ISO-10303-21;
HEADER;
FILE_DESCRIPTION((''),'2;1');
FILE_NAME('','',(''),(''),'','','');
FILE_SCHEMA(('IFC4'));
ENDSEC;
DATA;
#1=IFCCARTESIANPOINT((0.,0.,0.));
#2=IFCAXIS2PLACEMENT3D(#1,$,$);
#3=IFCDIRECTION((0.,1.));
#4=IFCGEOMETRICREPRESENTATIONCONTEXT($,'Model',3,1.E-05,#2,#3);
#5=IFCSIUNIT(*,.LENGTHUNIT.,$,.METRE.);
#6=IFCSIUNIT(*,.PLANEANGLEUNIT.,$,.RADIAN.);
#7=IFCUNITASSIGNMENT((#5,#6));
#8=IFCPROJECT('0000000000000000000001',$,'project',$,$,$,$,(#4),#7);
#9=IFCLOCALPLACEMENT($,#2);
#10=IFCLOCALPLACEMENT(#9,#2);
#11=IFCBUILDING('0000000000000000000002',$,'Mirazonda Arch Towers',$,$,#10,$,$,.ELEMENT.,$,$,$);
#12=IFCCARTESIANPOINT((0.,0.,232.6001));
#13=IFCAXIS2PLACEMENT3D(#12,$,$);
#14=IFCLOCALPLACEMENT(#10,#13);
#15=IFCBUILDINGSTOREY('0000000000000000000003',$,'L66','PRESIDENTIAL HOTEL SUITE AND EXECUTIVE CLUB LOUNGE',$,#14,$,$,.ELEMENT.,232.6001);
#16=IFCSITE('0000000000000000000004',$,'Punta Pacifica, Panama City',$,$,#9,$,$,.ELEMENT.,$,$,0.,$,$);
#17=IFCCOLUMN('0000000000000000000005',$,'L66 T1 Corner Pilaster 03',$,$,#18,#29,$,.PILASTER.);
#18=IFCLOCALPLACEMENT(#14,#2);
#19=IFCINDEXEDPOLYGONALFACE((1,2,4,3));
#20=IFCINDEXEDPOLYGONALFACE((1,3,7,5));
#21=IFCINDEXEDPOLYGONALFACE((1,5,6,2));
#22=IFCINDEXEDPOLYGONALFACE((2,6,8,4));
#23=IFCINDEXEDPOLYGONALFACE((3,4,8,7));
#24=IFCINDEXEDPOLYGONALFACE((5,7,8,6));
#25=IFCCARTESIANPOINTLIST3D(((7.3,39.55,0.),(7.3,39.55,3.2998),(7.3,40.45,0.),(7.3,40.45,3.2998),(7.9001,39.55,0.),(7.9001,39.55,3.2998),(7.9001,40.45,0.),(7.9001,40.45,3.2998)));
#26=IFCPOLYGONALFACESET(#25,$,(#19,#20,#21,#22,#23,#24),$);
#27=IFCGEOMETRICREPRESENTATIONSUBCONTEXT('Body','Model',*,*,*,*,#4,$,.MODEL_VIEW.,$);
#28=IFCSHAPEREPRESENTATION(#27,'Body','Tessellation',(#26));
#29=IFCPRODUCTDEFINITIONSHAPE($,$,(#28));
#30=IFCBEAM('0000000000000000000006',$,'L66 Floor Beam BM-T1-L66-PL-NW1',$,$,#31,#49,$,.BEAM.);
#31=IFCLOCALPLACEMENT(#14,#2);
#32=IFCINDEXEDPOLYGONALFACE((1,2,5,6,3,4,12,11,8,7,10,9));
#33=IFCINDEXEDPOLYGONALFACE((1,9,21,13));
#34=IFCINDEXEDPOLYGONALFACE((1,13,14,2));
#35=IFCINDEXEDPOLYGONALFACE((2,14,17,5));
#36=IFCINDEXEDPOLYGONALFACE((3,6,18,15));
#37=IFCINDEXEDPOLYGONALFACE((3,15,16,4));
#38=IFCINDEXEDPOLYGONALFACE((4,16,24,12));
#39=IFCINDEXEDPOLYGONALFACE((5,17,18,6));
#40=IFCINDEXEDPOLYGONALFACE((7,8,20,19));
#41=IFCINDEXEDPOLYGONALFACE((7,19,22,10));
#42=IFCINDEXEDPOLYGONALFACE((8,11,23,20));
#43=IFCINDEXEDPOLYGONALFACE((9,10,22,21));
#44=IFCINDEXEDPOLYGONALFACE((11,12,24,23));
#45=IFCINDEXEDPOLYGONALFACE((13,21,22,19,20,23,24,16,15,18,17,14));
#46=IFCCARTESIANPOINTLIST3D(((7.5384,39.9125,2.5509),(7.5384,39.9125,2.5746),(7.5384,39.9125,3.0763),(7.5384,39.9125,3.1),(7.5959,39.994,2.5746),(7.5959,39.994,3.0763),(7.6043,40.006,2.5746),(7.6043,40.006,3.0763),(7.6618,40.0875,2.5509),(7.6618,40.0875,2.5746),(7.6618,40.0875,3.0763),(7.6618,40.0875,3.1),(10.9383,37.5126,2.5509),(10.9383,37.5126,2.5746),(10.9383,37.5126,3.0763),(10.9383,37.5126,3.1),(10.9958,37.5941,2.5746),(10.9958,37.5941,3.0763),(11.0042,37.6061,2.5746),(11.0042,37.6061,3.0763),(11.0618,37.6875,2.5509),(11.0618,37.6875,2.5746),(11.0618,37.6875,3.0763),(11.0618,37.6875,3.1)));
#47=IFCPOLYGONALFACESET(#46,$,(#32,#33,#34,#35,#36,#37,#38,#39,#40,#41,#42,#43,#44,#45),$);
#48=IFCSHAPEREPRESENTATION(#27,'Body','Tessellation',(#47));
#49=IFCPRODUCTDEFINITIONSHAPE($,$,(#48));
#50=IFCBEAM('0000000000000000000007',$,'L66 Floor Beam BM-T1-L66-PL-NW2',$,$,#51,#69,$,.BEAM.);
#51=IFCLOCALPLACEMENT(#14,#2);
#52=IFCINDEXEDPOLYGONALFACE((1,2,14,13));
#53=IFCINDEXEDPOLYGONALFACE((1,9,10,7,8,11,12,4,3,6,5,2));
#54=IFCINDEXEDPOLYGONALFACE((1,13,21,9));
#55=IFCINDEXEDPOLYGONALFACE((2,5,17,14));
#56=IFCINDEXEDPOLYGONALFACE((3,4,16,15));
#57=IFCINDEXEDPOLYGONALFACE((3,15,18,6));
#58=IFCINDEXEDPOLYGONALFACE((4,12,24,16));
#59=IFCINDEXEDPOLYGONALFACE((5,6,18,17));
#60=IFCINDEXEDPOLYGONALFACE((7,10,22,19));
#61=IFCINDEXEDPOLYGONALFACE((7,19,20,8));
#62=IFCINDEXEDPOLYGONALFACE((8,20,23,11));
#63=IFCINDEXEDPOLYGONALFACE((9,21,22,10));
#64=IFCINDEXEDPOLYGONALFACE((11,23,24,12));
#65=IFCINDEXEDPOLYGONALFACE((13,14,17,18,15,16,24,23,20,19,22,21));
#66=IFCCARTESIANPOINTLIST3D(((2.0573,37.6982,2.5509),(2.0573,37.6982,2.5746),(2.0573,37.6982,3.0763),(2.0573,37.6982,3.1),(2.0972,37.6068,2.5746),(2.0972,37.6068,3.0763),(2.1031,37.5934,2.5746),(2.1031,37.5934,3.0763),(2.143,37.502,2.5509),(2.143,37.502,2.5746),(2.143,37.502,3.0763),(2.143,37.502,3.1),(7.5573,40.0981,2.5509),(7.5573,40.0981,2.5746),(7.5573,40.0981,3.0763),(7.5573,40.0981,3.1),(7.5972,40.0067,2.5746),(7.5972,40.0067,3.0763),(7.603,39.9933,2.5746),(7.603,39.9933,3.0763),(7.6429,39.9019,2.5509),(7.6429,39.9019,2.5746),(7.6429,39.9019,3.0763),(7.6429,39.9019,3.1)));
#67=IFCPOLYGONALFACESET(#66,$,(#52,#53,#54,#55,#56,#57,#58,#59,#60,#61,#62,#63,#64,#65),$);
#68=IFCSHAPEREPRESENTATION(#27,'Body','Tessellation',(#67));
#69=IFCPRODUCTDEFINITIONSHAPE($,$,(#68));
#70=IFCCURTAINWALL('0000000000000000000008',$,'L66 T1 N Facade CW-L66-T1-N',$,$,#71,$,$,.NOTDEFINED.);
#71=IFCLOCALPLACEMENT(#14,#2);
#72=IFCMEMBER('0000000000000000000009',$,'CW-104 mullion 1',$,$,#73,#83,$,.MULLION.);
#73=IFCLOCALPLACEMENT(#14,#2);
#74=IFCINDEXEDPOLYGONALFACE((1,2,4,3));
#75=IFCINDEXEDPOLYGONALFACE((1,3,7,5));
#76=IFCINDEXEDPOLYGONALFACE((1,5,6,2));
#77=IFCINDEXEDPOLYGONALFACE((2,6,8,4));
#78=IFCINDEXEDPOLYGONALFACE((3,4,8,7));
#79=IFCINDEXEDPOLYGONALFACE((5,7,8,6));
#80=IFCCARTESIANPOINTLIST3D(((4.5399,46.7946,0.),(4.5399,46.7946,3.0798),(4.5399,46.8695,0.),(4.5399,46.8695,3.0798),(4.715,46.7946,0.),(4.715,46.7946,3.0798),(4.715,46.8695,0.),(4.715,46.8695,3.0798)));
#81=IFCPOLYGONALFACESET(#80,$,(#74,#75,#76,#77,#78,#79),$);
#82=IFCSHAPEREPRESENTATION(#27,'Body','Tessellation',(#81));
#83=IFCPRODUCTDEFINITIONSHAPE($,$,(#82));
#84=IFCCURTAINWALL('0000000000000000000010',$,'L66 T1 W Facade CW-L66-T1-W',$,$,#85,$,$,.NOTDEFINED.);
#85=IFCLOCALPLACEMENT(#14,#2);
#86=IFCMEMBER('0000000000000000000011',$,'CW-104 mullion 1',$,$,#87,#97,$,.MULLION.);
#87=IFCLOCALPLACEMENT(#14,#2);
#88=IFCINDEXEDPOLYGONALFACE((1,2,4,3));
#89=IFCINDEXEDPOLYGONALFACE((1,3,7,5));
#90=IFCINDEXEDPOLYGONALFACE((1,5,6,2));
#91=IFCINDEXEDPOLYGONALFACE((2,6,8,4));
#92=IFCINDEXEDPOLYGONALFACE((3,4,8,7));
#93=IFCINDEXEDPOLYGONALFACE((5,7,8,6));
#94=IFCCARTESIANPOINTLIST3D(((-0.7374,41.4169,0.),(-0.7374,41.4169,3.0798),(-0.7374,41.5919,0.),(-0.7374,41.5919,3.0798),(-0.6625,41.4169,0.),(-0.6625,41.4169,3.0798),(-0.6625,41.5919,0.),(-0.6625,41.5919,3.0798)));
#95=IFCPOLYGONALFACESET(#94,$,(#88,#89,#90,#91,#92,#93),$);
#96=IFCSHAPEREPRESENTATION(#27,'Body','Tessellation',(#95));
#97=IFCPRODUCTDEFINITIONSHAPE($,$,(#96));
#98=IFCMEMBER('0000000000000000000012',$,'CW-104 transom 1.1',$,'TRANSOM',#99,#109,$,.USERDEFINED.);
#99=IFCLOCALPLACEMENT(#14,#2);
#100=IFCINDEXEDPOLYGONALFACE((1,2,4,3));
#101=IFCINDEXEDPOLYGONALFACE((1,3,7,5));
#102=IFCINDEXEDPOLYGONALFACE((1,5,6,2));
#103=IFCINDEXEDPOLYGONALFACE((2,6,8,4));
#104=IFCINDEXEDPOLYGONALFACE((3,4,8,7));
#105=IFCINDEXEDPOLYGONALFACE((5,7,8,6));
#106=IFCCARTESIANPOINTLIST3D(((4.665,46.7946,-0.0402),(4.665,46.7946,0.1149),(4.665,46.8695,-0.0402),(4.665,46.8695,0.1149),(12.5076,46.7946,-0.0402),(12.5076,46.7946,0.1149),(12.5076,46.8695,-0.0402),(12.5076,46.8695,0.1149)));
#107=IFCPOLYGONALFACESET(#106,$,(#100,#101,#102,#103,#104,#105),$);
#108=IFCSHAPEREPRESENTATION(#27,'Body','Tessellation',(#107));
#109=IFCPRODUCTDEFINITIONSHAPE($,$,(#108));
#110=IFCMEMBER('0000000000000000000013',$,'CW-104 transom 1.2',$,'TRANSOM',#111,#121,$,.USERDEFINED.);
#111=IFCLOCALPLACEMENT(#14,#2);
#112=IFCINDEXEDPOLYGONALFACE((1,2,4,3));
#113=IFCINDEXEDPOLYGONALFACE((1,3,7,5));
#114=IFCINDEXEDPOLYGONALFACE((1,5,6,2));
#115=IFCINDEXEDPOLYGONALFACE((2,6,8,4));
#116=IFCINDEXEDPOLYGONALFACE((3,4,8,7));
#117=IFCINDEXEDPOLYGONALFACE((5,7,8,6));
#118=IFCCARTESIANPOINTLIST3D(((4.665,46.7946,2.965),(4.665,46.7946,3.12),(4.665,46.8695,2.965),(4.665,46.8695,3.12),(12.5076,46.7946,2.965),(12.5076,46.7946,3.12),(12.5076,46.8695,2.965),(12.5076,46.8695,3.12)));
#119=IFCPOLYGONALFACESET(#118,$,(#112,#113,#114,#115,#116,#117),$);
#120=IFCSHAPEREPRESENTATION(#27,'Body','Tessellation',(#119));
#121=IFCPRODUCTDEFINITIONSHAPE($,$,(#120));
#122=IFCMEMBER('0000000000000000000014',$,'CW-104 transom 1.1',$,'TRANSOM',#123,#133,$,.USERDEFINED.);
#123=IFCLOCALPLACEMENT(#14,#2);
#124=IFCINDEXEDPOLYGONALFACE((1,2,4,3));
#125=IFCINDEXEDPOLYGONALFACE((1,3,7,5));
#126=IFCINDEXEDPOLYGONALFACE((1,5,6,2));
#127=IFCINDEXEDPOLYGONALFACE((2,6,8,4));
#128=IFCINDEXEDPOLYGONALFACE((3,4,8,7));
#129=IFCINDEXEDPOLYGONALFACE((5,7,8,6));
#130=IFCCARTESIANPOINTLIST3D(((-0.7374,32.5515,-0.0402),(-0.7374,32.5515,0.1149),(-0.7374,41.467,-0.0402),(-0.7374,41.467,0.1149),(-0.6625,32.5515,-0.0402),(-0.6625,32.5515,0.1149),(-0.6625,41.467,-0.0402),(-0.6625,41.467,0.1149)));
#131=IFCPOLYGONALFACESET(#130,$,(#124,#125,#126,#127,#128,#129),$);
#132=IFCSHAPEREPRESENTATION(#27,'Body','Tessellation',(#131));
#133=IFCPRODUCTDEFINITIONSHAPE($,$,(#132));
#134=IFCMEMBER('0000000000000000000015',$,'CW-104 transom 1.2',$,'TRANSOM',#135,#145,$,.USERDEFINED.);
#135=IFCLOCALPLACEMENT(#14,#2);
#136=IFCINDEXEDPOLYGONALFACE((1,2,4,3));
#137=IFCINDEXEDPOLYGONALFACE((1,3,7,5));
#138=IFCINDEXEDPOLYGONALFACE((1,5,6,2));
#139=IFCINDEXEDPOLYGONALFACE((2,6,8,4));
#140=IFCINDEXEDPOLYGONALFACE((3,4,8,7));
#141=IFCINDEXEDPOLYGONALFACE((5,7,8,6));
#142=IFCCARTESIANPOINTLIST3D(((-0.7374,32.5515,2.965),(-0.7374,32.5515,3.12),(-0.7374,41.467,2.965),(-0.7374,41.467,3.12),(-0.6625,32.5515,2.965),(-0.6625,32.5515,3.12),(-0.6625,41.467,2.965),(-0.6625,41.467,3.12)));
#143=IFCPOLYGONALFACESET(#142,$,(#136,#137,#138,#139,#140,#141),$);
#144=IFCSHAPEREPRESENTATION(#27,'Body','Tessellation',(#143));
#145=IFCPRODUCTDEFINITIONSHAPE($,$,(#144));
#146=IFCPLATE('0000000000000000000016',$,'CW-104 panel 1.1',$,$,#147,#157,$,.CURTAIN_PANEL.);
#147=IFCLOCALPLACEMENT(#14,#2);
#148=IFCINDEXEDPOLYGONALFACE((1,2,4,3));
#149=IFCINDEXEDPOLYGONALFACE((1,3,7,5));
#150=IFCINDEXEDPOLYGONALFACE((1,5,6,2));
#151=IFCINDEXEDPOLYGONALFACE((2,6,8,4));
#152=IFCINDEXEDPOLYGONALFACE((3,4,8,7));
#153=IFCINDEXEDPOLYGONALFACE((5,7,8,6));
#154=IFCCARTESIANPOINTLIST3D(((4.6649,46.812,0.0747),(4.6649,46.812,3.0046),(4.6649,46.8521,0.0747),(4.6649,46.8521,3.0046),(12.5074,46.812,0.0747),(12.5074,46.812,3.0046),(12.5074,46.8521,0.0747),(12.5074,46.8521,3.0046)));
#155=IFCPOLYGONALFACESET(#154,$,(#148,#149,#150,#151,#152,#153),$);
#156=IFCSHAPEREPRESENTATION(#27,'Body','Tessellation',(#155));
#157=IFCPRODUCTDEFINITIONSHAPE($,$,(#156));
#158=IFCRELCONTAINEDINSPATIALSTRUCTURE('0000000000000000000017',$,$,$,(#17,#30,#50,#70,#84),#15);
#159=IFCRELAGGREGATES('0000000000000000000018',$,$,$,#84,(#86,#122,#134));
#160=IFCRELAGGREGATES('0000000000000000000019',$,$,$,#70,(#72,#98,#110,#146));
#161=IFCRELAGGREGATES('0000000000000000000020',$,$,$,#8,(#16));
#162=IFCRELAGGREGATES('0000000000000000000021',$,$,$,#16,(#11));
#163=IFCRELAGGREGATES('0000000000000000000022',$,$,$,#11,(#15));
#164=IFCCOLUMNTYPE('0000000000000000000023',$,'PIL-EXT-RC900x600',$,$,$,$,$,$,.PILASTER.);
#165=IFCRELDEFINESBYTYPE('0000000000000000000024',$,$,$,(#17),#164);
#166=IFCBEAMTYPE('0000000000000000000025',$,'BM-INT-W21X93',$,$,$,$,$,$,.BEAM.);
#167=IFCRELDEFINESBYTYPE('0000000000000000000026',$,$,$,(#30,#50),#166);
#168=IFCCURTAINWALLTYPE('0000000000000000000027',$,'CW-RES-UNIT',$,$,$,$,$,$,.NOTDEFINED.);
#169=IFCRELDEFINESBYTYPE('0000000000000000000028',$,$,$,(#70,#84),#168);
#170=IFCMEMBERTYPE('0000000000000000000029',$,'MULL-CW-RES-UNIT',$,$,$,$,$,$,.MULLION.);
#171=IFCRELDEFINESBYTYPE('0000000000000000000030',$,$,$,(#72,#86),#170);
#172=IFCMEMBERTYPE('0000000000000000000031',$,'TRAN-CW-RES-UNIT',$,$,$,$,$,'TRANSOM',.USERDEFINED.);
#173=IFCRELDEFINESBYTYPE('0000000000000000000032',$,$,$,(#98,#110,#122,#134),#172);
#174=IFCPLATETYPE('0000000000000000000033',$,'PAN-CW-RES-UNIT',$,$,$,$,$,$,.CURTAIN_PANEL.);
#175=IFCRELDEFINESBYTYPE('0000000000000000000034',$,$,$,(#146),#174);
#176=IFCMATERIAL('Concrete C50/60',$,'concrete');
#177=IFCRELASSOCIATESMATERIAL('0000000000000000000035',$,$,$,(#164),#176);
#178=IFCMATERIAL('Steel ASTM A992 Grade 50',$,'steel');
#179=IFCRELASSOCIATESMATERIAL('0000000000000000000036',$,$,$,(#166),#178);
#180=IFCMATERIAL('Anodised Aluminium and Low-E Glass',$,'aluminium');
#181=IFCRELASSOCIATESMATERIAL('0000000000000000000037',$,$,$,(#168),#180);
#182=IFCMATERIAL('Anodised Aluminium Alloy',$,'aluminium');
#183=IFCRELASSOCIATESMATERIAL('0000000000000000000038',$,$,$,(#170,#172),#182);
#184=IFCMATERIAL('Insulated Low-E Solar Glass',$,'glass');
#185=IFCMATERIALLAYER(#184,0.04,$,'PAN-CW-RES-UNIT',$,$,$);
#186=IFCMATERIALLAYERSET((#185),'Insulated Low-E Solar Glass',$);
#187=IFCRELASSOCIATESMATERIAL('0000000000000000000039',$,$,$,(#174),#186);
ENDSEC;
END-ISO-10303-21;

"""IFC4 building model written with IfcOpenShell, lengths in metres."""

from ifc_helpers import new_model, si_unit, direction, frame, origin, origin_2d, place, context, subcontext, project, spatial, rectangle, i_section, extrude, material, layer, layer_set, material_profile, profile_set, type_object, element, aggregate, save


model = new_model("IFC4")

# Units and contexts
model_context = context("Model", 3, precision=1e-05, world=origin(), true_north=direction((0.0, 1.0)))
body_context = subcontext(model_context, "Body", "Model", "MODEL_VIEW")
ifc_project = project(units=[si_unit("LENGTHUNIT", "METRE"), si_unit("PLANEANGLEUNIT", "RADIAN")], contexts=[model_context])

# Site, building, storey
site_placement = place(None, origin())
site = spatial("IfcSite", under=ifc_project, at=site_placement, Name="Punta Pacifica, Panama City", CompositionType="ELEMENT", RefElevation=0.0)
building_placement = place(site_placement, origin())
building = spatial("IfcBuilding", under=site, at=building_placement, Name="Mirazonda Arch Towers", CompositionType="ELEMENT")
storey_placement = place(building_placement, frame((0.0, 0.0, 232.6001)))
storey = spatial("IfcBuildingStorey", under=building, at=storey_placement, Name="L66", Description="PRESIDENTIAL HOTEL SUITE AND EXECUTIVE CLUB LOUNGE", CompositionType="ELEMENT", Elevation=232.6001)

# Column
ifc_material_1 = material(Name="Concrete C50/60", Category="concrete")
ifc_material_profile_1 = material_profile(ifc_material_1, rectangle(XDim=0.6001, YDim=0.8999, at=origin_2d()), Name="RC900x600")
ifc_profile_set_1 = profile_set([ifc_material_profile_1], Name="Concrete C50/60")
column_type = type_object("IfcColumnType", Name="PIL-EXT-RC900x600", PredefinedType="PILASTER", material=ifc_profile_set_1)
column_placement = place(storey_placement, frame((7.6001, 40.0, 0.0), z_axis=(0.0, 0.0, 1.0), x_axis=(1.0, 0.0, 0.0)))
element("IfcColumn", 1, at=column_placement, inside=storey, type_object=column_type, Name="L66 T1 Corner Pilaster 03", PredefinedType="PILASTER", context=body_context, shape_type="SweptSolid", body=[
    extrude(rectangle(XDim=0.6001, YDim=0.8999, at=origin_2d()), origin(), (0.0, 0.0, 1.0), 3.2998),
])

# Beams
ifc_material_2 = material(Name="Steel ASTM A992 Grade 50", Category="steel")
ifc_material_profile_2 = material_profile(ifc_material_2, i_section(OverallWidth=0.2141, OverallDepth=0.5491, WebThickness=0.0146, FlangeThickness=0.0237, at=origin_2d()), Name="W21X93")
ifc_profile_set_2 = profile_set([ifc_material_profile_2], Name="Steel ASTM A992 Grade 50")
beam_type = type_object("IfcBeamType", Name="BM-INT-W21X93", PredefinedType="BEAM", material=ifc_profile_set_2)
beam_1_placement = place(storey_placement, frame((7.6001, 40.0, 2.8254), z_axis=(0.816971, -0.576679, 0.0), x_axis=(0.576679, 0.816971, 0.0)))
element("IfcBeam", 2, at=beam_1_placement, inside=storey, type_object=beam_type, Name="L66 Floor Beam BM-T1-L66-PL-NW1", PredefinedType="BEAM", context=body_context, shape_type="SweptSolid", body=[
    extrude(i_section(OverallWidth=0.2141, OverallDepth=0.5491, WebThickness=0.0146, FlangeThickness=0.0237, at=origin_2d()), origin(), (0.0, 0.0, 1.0), 4.1616),
])
beam_2_placement = place(storey_placement, frame((7.6001, 40.0, 2.8254), z_axis=(-0.916545, -0.399931, 0.0), x_axis=(0.399931, -0.916545, 0.0)))
element("IfcBeam", 3, at=beam_2_placement, inside=storey, type_object=beam_type, Name="L66 Floor Beam BM-T1-L66-PL-NW2", PredefinedType="BEAM", context=body_context, shape_type="SweptSolid", body=[
    extrude(i_section(OverallWidth=0.2141, OverallDepth=0.5491, WebThickness=0.0146, FlangeThickness=0.0237, at=origin_2d()), origin(), (0.0, 0.0, 1.0), 6.0007),
])

# Curtain walls, members
ifc_material_3 = material(Name="Anodised Aluminium and Low-E Glass", Category="aluminium")
curtain_wall_type = type_object("IfcCurtainWallType", Name="CW-RES-UNIT", PredefinedType="NOTDEFINED", material=ifc_material_3)
curtain_wall_1_placement = place(storey_placement, origin())
curtain_wall_1 = element("IfcCurtainWall", 4, at=curtain_wall_1_placement, inside=storey, type_object=curtain_wall_type, Name="L66 T1 N Facade CW-L66-T1-N", PredefinedType="NOTDEFINED")
ifc_material_4 = material(Name="Anodised Aluminium Alloy", Category="aluminium")
ifc_material_profile_3 = material_profile(ifc_material_4, rectangle(XDim=0.075, YDim=0.175, at=origin_2d()), Name="ALU-MULL-75x175")
ifc_profile_set_3 = profile_set([ifc_material_profile_3], Name="Anodised Aluminium Alloy")
member_type_1 = type_object("IfcMemberType", Name="MULL-CW-RES-UNIT", PredefinedType="MULLION", material=ifc_profile_set_3)
member_1_placement = place(storey_placement, frame((4.6274, 46.832, 0.0), z_axis=(0.0, 0.0, 1.0), x_axis=(0.0, 1.0, 0.0)))
member_1 = element("IfcMember", 5, at=member_1_placement, type_object=member_type_1, Name="CW-104 mullion 1", PredefinedType="MULLION", context=body_context, shape_type="SweptSolid", body=[
    extrude(rectangle(XDim=0.075, YDim=0.175, at=origin_2d()), origin(), (0.0, 0.0, 1.0), 3.0798),
])
curtain_wall_2_placement = place(storey_placement, origin())
curtain_wall_2 = element("IfcCurtainWall", 6, at=curtain_wall_2_placement, inside=storey, type_object=curtain_wall_type, Name="L66 T1 W Facade CW-L66-T1-W", PredefinedType="NOTDEFINED")
member_2_placement = place(storey_placement, frame((-0.7, 41.5044, 0.0), z_axis=(0.0, 0.0, 1.0), x_axis=(1.0, 0.0, 0.0)))
member_2 = element("IfcMember", 7, at=member_2_placement, type_object=member_type_1, Name="CW-104 mullion 1", PredefinedType="MULLION", context=body_context, shape_type="SweptSolid", body=[
    extrude(rectangle(XDim=0.075, YDim=0.175, at=origin_2d()), origin(), (0.0, 0.0, 1.0), 3.0798),
])

# Members
ifc_material_profile_4 = material_profile(ifc_material_4, rectangle(XDim=0.075, YDim=0.155, at=origin_2d()), Name="ALU-TRAN-75x155")
ifc_profile_set_4 = profile_set([ifc_material_profile_4], Name="Anodised Aluminium Alloy")
member_type_2 = type_object("IfcMemberType", Name="TRAN-CW-RES-UNIT", ElementType="TRANSOM", PredefinedType="USERDEFINED", material=ifc_profile_set_4)
member_3_placement = place(storey_placement, frame((4.665, 46.832, 0.0374), z_axis=(1.0, 0.0, 0.0), x_axis=(0.0, 1.0, 0.0)))
member_3 = element("IfcMember", 8, at=member_3_placement, type_object=member_type_2, Name="CW-104 transom 1.1", ObjectType="TRANSOM", PredefinedType="USERDEFINED", context=body_context, shape_type="SweptSolid", body=[
    extrude(rectangle(XDim=0.075, YDim=0.155, at=origin_2d()), origin(), (0.0, 0.0, 1.0), 7.8425),
])
member_4_placement = place(storey_placement, frame((4.665, 46.832, 3.0425), z_axis=(1.0, 0.0, 0.0), x_axis=(0.0, 1.0, 0.0)))
member_4 = element("IfcMember", 9, at=member_4_placement, type_object=member_type_2, Name="CW-104 transom 1.2", ObjectType="TRANSOM", PredefinedType="USERDEFINED", context=body_context, shape_type="SweptSolid", body=[
    extrude(rectangle(XDim=0.075, YDim=0.155, at=origin_2d()), origin(), (0.0, 0.0, 1.0), 7.8425),
])
member_5_placement = place(storey_placement, frame((-0.7, 41.467, 0.0374), z_axis=(0.0, -1.0, 0.0), x_axis=(1.0, 0.0, 0.0)))
member_5 = element("IfcMember", 10, at=member_5_placement, type_object=member_type_2, Name="CW-104 transom 1.1", ObjectType="TRANSOM", PredefinedType="USERDEFINED", context=body_context, shape_type="SweptSolid", body=[
    extrude(rectangle(XDim=0.075, YDim=0.155, at=origin_2d()), origin(), (0.0, 0.0, 1.0), 8.9155),
])
member_6_placement = place(storey_placement, frame((-0.7, 41.467, 3.0425), z_axis=(0.0, -1.0, 0.0), x_axis=(1.0, 0.0, 0.0)))
member_6 = element("IfcMember", 11, at=member_6_placement, type_object=member_type_2, Name="CW-104 transom 1.2", ObjectType="TRANSOM", PredefinedType="USERDEFINED", context=body_context, shape_type="SweptSolid", body=[
    extrude(rectangle(XDim=0.075, YDim=0.155, at=origin_2d()), origin(), (0.0, 0.0, 1.0), 8.9155),
])
aggregate(curtain_wall_2, [member_2, member_5, member_6])

# Plate
ifc_material_5 = material(Name="Insulated Low-E Solar Glass", Category="glass")
ifc_layer_1 = layer(ifc_material_5, 0.04, Name="PAN-CW-RES-UNIT")
ifc_layer_set_1 = layer_set([ifc_layer_1], Name="Insulated Low-E Solar Glass")
plate_type = type_object("IfcPlateType", Name="PAN-CW-RES-UNIT", PredefinedType="CURTAIN_PANEL", material=ifc_layer_set_1)
plate_placement = place(storey_placement, frame((8.5862, 46.832, 0.0747), z_axis=(0.0, 0.0, 1.0), x_axis=(1.0, 0.0, 0.0)))
plate = element("IfcPlate", 12, at=plate_placement, type_object=plate_type, Name="CW-104 panel 1.1", PredefinedType="CURTAIN_PANEL", context=body_context, shape_type="SweptSolid", body=[
    extrude(rectangle(XDim=7.8425, YDim=0.04, at=origin_2d()), origin(), (0.0, 0.0, 1.0), 2.9299),
])
aggregate(curtain_wall_1, [member_1, member_3, member_4, plate])

save(model, "model.ifc")
